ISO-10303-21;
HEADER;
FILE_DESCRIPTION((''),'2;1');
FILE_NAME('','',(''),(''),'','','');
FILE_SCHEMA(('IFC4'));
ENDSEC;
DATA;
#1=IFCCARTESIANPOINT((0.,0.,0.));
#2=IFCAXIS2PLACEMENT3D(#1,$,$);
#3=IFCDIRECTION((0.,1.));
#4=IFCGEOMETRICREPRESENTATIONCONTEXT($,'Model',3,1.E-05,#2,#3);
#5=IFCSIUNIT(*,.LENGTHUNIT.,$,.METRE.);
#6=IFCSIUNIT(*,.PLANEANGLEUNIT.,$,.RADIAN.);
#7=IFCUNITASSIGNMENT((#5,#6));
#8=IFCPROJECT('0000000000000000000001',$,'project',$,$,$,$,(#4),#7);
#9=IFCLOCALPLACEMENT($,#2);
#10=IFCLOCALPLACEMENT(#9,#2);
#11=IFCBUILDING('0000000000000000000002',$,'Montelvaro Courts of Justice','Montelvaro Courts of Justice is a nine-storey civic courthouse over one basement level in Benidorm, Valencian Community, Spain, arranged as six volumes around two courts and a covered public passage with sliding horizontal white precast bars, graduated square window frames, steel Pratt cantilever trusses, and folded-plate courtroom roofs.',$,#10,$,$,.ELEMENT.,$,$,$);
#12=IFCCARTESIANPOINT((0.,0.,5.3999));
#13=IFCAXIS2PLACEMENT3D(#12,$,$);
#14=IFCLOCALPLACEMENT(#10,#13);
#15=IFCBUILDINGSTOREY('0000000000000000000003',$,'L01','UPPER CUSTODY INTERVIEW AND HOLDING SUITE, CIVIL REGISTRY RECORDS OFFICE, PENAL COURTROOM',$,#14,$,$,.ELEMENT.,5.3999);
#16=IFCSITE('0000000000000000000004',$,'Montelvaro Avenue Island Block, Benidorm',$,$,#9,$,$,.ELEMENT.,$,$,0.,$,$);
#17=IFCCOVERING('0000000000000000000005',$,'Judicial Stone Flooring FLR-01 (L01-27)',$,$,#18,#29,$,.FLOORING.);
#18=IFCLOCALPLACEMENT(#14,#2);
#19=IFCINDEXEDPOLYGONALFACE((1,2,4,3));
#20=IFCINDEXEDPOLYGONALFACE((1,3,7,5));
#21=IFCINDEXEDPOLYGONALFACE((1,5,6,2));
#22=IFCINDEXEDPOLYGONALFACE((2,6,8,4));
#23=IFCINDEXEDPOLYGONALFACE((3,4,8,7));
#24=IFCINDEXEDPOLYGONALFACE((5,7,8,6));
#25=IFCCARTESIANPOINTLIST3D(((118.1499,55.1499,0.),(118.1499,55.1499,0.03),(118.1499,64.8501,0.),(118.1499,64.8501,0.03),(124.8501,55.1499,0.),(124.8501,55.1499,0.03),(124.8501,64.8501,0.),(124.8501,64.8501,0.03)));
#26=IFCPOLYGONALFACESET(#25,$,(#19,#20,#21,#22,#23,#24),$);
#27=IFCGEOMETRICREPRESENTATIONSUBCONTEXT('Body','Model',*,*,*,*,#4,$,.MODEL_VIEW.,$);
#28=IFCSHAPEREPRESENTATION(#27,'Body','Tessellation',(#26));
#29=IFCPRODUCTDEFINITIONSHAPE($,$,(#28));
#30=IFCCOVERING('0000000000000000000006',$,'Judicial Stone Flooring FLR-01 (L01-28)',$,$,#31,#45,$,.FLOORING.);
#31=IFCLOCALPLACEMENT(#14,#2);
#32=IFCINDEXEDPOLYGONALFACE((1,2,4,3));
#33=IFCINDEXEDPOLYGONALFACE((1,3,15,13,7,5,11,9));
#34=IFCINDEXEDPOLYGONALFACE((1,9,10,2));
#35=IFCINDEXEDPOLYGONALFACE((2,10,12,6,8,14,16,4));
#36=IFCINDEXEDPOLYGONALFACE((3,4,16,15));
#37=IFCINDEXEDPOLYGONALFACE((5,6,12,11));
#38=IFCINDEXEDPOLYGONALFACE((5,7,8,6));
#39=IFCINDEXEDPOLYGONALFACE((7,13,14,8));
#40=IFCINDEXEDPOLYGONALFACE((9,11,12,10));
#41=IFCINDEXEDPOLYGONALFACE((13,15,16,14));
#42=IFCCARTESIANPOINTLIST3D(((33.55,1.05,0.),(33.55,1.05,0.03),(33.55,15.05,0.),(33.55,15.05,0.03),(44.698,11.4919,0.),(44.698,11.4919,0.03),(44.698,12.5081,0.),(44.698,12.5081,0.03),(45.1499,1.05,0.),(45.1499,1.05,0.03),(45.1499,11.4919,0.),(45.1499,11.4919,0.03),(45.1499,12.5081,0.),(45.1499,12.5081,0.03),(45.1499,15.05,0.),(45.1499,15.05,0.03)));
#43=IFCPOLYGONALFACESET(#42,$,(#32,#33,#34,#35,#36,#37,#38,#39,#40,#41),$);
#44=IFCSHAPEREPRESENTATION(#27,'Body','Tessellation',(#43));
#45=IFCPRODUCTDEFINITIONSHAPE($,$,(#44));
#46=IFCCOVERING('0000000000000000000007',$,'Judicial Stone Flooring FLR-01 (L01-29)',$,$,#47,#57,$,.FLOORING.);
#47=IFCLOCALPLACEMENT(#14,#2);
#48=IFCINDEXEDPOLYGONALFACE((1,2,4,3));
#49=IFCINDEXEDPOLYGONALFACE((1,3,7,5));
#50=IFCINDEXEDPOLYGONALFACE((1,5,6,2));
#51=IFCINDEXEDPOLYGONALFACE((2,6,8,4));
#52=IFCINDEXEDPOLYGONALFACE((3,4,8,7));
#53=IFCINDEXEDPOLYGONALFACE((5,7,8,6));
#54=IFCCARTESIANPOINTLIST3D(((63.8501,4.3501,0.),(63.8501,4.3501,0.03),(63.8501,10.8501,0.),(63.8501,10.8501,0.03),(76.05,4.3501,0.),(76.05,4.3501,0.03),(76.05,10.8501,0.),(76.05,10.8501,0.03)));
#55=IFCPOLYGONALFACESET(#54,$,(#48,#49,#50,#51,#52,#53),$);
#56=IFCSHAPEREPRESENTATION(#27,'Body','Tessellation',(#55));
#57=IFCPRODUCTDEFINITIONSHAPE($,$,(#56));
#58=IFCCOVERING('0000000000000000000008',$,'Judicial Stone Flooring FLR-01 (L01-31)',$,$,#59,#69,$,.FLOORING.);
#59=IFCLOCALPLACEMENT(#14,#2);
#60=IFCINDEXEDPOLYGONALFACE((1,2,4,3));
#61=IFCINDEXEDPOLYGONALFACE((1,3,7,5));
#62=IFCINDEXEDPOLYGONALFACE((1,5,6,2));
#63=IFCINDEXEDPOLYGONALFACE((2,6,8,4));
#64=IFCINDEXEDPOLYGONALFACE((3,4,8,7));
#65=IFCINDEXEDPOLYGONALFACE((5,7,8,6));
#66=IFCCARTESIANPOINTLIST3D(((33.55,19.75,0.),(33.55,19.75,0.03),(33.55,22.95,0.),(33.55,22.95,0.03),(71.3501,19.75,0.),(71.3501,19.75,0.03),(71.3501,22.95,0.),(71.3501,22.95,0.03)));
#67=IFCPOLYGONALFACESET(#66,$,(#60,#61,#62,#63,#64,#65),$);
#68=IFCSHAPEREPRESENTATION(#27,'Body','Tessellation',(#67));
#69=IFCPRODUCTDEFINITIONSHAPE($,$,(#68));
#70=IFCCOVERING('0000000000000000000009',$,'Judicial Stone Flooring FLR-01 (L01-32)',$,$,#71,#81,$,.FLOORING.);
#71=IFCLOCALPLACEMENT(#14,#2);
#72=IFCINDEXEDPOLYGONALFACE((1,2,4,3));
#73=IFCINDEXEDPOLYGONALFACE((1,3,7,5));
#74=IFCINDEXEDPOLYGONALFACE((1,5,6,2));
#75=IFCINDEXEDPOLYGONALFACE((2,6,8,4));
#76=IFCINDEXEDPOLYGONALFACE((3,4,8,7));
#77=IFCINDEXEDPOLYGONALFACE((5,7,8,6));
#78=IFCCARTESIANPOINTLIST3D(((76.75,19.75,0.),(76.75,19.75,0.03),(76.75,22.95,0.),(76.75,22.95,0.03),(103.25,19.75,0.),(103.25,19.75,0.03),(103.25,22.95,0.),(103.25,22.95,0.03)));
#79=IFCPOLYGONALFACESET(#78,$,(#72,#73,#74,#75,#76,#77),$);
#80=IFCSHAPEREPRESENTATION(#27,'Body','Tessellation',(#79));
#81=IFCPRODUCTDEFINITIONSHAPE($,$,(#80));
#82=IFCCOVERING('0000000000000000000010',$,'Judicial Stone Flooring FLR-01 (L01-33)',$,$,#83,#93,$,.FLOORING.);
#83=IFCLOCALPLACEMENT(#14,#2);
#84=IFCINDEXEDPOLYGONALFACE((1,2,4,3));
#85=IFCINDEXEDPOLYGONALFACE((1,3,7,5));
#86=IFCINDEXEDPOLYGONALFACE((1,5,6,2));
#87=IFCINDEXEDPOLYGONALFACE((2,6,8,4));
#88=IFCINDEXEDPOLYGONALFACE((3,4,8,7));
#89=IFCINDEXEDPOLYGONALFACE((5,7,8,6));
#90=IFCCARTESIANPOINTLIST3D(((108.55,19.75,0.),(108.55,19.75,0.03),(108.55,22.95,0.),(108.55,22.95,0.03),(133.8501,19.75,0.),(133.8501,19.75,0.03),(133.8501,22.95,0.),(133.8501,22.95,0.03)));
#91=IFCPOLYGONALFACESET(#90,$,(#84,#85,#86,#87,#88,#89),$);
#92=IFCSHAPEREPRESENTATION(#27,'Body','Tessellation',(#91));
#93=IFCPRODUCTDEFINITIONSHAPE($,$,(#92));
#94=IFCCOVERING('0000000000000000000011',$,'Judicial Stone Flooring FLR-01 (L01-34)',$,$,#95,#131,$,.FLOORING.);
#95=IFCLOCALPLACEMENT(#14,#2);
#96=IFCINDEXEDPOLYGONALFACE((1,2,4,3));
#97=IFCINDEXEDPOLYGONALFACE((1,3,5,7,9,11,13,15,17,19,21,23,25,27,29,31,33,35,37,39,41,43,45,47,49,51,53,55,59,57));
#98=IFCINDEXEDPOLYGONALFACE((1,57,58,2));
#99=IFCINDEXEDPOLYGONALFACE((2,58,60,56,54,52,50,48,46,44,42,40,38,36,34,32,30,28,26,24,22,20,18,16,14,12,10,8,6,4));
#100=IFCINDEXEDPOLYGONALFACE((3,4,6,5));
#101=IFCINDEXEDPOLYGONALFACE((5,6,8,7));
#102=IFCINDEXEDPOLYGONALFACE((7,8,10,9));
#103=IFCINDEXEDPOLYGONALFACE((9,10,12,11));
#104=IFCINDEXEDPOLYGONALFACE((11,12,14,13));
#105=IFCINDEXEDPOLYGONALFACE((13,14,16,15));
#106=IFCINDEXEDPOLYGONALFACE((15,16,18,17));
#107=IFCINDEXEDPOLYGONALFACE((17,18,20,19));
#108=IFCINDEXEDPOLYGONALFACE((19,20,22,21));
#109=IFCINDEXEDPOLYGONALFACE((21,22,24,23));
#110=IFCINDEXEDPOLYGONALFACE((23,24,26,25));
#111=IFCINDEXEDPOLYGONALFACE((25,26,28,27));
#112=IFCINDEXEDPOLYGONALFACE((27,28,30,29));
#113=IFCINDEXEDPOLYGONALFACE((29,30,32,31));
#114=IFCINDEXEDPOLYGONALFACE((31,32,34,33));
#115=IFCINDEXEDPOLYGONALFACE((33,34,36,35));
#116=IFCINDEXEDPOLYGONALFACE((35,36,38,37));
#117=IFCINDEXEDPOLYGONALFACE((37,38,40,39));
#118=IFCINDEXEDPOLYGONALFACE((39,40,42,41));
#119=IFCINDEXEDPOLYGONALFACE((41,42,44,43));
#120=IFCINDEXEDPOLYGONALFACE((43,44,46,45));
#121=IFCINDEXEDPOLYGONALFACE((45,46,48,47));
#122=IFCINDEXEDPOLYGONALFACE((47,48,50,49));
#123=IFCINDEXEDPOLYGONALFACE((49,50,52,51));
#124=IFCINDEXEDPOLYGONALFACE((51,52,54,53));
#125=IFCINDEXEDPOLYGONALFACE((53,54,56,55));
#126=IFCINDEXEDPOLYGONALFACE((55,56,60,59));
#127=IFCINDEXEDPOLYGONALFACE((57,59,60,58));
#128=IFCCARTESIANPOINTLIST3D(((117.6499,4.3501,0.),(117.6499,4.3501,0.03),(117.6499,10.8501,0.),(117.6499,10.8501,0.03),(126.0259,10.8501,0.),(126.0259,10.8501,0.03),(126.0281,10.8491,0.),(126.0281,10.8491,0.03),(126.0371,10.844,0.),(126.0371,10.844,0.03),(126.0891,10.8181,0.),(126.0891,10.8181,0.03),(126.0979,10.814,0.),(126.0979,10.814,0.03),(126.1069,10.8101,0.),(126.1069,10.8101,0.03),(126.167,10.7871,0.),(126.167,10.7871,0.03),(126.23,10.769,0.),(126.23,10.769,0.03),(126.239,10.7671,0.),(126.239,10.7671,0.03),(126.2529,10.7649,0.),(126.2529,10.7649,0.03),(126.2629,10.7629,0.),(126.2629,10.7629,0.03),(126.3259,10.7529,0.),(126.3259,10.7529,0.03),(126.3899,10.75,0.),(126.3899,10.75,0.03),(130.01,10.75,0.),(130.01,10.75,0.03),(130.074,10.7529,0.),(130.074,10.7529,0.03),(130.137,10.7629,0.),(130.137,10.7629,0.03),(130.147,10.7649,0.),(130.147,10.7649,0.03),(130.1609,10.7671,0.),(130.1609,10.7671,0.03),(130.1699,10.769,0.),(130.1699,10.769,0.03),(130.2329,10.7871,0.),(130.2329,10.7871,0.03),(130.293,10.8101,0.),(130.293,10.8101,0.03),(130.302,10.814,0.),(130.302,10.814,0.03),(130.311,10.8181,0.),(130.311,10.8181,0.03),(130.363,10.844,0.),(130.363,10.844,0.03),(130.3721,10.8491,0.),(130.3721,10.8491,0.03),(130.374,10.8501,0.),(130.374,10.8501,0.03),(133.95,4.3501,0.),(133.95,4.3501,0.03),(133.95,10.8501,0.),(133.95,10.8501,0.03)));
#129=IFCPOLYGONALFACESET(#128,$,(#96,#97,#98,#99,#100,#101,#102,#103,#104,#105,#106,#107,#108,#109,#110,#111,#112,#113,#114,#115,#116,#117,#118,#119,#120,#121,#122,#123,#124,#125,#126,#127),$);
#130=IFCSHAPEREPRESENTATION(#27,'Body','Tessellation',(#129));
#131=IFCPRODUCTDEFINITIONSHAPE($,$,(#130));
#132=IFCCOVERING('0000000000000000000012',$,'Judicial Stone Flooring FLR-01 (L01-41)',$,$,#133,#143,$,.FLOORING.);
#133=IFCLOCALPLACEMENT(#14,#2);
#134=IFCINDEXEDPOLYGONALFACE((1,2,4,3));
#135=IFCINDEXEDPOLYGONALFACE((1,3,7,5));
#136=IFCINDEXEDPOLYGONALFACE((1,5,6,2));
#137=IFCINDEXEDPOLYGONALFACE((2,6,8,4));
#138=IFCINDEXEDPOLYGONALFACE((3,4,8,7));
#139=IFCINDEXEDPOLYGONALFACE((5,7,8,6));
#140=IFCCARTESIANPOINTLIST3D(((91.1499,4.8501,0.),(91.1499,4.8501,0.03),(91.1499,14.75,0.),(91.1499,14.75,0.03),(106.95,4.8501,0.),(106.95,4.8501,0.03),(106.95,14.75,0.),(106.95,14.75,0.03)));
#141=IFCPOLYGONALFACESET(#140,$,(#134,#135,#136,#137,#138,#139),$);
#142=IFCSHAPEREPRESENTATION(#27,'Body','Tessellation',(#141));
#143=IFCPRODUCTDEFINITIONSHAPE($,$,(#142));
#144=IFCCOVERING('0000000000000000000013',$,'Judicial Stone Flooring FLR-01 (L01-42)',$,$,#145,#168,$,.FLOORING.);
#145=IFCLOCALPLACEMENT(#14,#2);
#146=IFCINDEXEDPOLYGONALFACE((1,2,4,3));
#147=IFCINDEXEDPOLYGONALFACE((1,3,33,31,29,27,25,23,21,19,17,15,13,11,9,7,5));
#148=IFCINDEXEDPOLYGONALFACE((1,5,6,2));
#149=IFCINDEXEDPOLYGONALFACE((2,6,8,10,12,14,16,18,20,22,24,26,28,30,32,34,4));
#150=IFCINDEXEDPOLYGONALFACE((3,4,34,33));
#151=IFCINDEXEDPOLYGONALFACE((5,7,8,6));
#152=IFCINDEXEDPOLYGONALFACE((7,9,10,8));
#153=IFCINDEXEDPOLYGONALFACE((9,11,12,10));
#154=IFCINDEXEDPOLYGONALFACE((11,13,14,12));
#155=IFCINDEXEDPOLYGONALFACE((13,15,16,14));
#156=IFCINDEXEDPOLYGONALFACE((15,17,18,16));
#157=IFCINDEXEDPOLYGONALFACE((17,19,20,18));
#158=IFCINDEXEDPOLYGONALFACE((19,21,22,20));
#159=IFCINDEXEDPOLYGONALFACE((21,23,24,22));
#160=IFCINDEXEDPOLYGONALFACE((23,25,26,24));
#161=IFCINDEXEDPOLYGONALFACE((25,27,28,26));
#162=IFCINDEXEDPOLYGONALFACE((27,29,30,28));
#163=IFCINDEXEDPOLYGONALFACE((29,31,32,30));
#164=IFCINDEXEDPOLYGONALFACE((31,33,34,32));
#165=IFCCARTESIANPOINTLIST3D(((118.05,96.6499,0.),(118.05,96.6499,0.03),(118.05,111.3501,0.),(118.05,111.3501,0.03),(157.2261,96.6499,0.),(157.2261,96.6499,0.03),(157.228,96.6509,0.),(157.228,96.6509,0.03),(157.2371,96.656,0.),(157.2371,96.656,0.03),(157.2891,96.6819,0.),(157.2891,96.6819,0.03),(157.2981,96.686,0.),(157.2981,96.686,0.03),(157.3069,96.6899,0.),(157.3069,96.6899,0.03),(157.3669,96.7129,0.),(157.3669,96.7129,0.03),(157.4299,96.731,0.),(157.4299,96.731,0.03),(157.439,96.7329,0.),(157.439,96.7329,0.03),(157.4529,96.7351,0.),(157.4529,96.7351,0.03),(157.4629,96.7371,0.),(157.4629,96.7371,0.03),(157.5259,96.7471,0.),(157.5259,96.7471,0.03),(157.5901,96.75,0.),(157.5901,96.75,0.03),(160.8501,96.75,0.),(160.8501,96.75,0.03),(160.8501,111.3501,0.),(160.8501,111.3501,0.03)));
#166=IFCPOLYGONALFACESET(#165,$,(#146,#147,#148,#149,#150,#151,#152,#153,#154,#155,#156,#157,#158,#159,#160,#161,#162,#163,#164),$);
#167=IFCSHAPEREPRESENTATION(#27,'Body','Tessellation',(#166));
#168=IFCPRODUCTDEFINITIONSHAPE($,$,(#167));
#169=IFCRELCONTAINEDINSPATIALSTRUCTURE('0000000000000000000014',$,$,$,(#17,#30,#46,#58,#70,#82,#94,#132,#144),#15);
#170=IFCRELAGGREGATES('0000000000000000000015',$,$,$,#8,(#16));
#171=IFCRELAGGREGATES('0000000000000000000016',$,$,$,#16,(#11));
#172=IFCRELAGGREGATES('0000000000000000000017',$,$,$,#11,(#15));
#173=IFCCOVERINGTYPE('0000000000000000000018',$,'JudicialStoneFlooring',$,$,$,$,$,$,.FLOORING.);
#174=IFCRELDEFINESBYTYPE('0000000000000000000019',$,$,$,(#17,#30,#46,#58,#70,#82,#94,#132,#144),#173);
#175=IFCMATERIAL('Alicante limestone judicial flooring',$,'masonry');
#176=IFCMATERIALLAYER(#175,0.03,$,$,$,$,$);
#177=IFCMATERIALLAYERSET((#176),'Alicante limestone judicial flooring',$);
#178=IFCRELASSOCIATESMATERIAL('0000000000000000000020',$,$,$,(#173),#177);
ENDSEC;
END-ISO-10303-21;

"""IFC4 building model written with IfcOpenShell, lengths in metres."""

from ifc_helpers import new_model, si_unit, direction, frame, origin, place, context, subcontext, project, spatial, polyline, outline, extrude, material, layer, layer_set, type_object, element, save


model = new_model("IFC4")

# Units and contexts
model_context = context("Model", 3, precision=1e-05, world=origin(), true_north=direction((0.0, 1.0)))
body_context = subcontext(model_context, "Body", "Model", "MODEL_VIEW")
ifc_project = project(units=[si_unit("LENGTHUNIT", "METRE"), si_unit("PLANEANGLEUNIT", "RADIAN")], contexts=[model_context])

# Site, building, storey
site_placement = place(None, origin())
site = spatial("IfcSite", under=ifc_project, at=site_placement, Name="Montelvaro Avenue Island Block, Benidorm", CompositionType="ELEMENT", RefElevation=0.0)
building_placement = place(site_placement, origin())
building = spatial("IfcBuilding", under=site, at=building_placement, Name="Montelvaro Courts of Justice", Description="Montelvaro Courts of Justice is a nine-storey civic courthouse over one basement level in Benidorm, Valencian Community, Spain, arranged as six volumes around two courts and a covered public passage with sliding horizontal white precast bars, graduated square window frames, steel Pratt cantilever trusses, and folded-plate courtroom roofs.", CompositionType="ELEMENT")
storey_placement = place(building_placement, frame((0.0, 0.0, 5.3999)))
storey = spatial("IfcBuildingStorey", under=building, at=storey_placement, Name="L01", Description="UPPER CUSTODY INTERVIEW AND HOLDING SUITE, CIVIL REGISTRY RECORDS OFFICE, PENAL COURTROOM", CompositionType="ELEMENT", Elevation=5.3999)

# Coverings
ifc_material_1 = material(Name="Alicante limestone judicial flooring", Category="masonry")
ifc_layer_1 = layer(ifc_material_1, 0.03)
ifc_layer_set_1 = layer_set([ifc_layer_1], Name="Alicante limestone judicial flooring")
covering_type_1 = type_object("IfcCoveringType", Name="JudicialStoneFlooring", PredefinedType="FLOORING", material=ifc_layer_set_1)
covering_1_placement = place(storey_placement, origin())
element("IfcCovering", 1, at=covering_1_placement, inside=storey, type_object=covering_type_1, Name="Judicial Stone Flooring FLR-01 (L01-27)", PredefinedType="FLOORING", context=body_context, shape_type="SweptSolid", body=[
    extrude(outline(polyline([(118.1499, 64.8501), (124.8501, 64.8501), (124.8501, 55.1499), (118.1499, 55.1499), (118.1499, 64.8501)])), origin(), (0.0, 0.0, 1.0), 0.03),
])
covering_2_placement = place(storey_placement, origin())
element("IfcCovering", 2, at=covering_2_placement, inside=storey, type_object=covering_type_1, Name="Judicial Stone Flooring FLR-01 (L01-28)", PredefinedType="FLOORING", context=body_context, shape_type="SweptSolid", body=[
    extrude(outline(polyline([(45.1499, 15.05), (45.1499, 12.5081), (44.698, 12.5081), (44.698, 11.4919), (45.1499, 11.4919), (45.1499, 1.05), (33.55, 1.05), (33.55, 15.05), (45.1499, 15.05)])), origin(), (0.0, 0.0, 1.0), 0.03),
])
covering_3_placement = place(storey_placement, origin())
element("IfcCovering", 3, at=covering_3_placement, inside=storey, type_object=covering_type_1, Name="Judicial Stone Flooring FLR-01 (L01-29)", PredefinedType="FLOORING", context=body_context, shape_type="SweptSolid", body=[
    extrude(outline(polyline([(76.05, 4.3501), (63.8501, 4.3501), (63.8501, 10.8501), (76.05, 10.8501), (76.05, 4.3501)])), origin(), (0.0, 0.0, 1.0), 0.03),
])
covering_4_placement = place(storey_placement, origin())
element("IfcCovering", 4, at=covering_4_placement, inside=storey, type_object=covering_type_1, Name="Judicial Stone Flooring FLR-01 (L01-31)", PredefinedType="FLOORING", context=body_context, shape_type="SweptSolid", body=[
    extrude(outline(polyline([(33.55, 22.95), (71.3501, 22.95), (71.3501, 19.75), (33.55, 19.75), (33.55, 22.95)])), origin(), (0.0, 0.0, 1.0), 0.03),
])
covering_5_placement = place(storey_placement, origin())
element("IfcCovering", 5, at=covering_5_placement, inside=storey, type_object=covering_type_1, Name="Judicial Stone Flooring FLR-01 (L01-32)", PredefinedType="FLOORING", context=body_context, shape_type="SweptSolid", body=[
    extrude(outline(polyline([(76.75, 19.75), (76.75, 22.95), (103.25, 22.95), (103.25, 19.75), (76.75, 19.75)])), origin(), (0.0, 0.0, 1.0), 0.03),
])
covering_6_placement = place(storey_placement, origin())
element("IfcCovering", 6, at=covering_6_placement, inside=storey, type_object=covering_type_1, Name="Judicial Stone Flooring FLR-01 (L01-33)", PredefinedType="FLOORING", context=body_context, shape_type="SweptSolid", body=[
    extrude(outline(polyline([(133.8501, 19.75), (108.55, 19.75), (108.55, 22.95), (133.8501, 22.95), (133.8501, 19.75)])), origin(), (0.0, 0.0, 1.0), 0.03),
])
covering_7_placement = place(storey_placement, origin())
element("IfcCovering", 7, at=covering_7_placement, inside=storey, type_object=covering_type_1, Name="Judicial Stone Flooring FLR-01 (L01-34)", PredefinedType="FLOORING", context=body_context, shape_type="SweptSolid", body=[
    extrude(outline(polyline([(117.6499, 10.8501), (126.0259, 10.8501), (126.0281, 10.8491), (126.0371, 10.844), (126.0891, 10.8181), (126.0979, 10.814), (126.1069, 10.8101), (126.167, 10.7871), (126.23, 10.769), (126.239, 10.7671), (126.2529, 10.7649), (126.2629, 10.7629), (126.3259, 10.7529), (126.3899, 10.75), (130.01, 10.75), (130.074, 10.7529), (130.137, 10.7629), (130.147, 10.7649), (130.1609, 10.7671), (130.1699, 10.769), (130.2329, 10.7871), (130.293, 10.8101), (130.302, 10.814), (130.311, 10.8181), (130.363, 10.844), (130.3721, 10.8491), (130.374, 10.8501), (133.95, 10.8501), (133.95, 4.3501), (117.6499, 4.3501), (117.6499, 10.8501)])), origin(), (0.0, 0.0, 1.0), 0.03),
])
covering_8_placement = place(storey_placement, origin())
element("IfcCovering", 8, at=covering_8_placement, inside=storey, type_object=covering_type_1, Name="Judicial Stone Flooring FLR-01 (L01-41)", PredefinedType="FLOORING", context=body_context, shape_type="SweptSolid", body=[
    extrude(outline(polyline([(106.95, 4.8501), (91.1499, 4.8501), (91.1499, 14.75), (106.95, 14.75), (106.95, 4.8501)])), origin(), (0.0, 0.0, 1.0), 0.03),
])
covering_9_placement = place(storey_placement, origin())
element("IfcCovering", 9, at=covering_9_placement, inside=storey, type_object=covering_type_1, Name="Judicial Stone Flooring FLR-01 (L01-42)", PredefinedType="FLOORING", context=body_context, shape_type="SweptSolid", body=[
    extrude(outline(polyline([(118.05, 111.3501), (160.8501, 111.3501), (160.8501, 96.75), (157.5901, 96.75), (157.5259, 96.7471), (157.4629, 96.7371), (157.4529, 96.7351), (157.439, 96.7329), (157.4299, 96.731), (157.3669, 96.7129), (157.3069, 96.6899), (157.2981, 96.686), (157.2891, 96.6819), (157.2371, 96.656), (157.228, 96.6509), (157.2261, 96.6499), (118.05, 96.6499), (118.05, 111.3501)])), origin(), (0.0, 0.0, 1.0), 0.03),
])

save(model, "model.ifc")
